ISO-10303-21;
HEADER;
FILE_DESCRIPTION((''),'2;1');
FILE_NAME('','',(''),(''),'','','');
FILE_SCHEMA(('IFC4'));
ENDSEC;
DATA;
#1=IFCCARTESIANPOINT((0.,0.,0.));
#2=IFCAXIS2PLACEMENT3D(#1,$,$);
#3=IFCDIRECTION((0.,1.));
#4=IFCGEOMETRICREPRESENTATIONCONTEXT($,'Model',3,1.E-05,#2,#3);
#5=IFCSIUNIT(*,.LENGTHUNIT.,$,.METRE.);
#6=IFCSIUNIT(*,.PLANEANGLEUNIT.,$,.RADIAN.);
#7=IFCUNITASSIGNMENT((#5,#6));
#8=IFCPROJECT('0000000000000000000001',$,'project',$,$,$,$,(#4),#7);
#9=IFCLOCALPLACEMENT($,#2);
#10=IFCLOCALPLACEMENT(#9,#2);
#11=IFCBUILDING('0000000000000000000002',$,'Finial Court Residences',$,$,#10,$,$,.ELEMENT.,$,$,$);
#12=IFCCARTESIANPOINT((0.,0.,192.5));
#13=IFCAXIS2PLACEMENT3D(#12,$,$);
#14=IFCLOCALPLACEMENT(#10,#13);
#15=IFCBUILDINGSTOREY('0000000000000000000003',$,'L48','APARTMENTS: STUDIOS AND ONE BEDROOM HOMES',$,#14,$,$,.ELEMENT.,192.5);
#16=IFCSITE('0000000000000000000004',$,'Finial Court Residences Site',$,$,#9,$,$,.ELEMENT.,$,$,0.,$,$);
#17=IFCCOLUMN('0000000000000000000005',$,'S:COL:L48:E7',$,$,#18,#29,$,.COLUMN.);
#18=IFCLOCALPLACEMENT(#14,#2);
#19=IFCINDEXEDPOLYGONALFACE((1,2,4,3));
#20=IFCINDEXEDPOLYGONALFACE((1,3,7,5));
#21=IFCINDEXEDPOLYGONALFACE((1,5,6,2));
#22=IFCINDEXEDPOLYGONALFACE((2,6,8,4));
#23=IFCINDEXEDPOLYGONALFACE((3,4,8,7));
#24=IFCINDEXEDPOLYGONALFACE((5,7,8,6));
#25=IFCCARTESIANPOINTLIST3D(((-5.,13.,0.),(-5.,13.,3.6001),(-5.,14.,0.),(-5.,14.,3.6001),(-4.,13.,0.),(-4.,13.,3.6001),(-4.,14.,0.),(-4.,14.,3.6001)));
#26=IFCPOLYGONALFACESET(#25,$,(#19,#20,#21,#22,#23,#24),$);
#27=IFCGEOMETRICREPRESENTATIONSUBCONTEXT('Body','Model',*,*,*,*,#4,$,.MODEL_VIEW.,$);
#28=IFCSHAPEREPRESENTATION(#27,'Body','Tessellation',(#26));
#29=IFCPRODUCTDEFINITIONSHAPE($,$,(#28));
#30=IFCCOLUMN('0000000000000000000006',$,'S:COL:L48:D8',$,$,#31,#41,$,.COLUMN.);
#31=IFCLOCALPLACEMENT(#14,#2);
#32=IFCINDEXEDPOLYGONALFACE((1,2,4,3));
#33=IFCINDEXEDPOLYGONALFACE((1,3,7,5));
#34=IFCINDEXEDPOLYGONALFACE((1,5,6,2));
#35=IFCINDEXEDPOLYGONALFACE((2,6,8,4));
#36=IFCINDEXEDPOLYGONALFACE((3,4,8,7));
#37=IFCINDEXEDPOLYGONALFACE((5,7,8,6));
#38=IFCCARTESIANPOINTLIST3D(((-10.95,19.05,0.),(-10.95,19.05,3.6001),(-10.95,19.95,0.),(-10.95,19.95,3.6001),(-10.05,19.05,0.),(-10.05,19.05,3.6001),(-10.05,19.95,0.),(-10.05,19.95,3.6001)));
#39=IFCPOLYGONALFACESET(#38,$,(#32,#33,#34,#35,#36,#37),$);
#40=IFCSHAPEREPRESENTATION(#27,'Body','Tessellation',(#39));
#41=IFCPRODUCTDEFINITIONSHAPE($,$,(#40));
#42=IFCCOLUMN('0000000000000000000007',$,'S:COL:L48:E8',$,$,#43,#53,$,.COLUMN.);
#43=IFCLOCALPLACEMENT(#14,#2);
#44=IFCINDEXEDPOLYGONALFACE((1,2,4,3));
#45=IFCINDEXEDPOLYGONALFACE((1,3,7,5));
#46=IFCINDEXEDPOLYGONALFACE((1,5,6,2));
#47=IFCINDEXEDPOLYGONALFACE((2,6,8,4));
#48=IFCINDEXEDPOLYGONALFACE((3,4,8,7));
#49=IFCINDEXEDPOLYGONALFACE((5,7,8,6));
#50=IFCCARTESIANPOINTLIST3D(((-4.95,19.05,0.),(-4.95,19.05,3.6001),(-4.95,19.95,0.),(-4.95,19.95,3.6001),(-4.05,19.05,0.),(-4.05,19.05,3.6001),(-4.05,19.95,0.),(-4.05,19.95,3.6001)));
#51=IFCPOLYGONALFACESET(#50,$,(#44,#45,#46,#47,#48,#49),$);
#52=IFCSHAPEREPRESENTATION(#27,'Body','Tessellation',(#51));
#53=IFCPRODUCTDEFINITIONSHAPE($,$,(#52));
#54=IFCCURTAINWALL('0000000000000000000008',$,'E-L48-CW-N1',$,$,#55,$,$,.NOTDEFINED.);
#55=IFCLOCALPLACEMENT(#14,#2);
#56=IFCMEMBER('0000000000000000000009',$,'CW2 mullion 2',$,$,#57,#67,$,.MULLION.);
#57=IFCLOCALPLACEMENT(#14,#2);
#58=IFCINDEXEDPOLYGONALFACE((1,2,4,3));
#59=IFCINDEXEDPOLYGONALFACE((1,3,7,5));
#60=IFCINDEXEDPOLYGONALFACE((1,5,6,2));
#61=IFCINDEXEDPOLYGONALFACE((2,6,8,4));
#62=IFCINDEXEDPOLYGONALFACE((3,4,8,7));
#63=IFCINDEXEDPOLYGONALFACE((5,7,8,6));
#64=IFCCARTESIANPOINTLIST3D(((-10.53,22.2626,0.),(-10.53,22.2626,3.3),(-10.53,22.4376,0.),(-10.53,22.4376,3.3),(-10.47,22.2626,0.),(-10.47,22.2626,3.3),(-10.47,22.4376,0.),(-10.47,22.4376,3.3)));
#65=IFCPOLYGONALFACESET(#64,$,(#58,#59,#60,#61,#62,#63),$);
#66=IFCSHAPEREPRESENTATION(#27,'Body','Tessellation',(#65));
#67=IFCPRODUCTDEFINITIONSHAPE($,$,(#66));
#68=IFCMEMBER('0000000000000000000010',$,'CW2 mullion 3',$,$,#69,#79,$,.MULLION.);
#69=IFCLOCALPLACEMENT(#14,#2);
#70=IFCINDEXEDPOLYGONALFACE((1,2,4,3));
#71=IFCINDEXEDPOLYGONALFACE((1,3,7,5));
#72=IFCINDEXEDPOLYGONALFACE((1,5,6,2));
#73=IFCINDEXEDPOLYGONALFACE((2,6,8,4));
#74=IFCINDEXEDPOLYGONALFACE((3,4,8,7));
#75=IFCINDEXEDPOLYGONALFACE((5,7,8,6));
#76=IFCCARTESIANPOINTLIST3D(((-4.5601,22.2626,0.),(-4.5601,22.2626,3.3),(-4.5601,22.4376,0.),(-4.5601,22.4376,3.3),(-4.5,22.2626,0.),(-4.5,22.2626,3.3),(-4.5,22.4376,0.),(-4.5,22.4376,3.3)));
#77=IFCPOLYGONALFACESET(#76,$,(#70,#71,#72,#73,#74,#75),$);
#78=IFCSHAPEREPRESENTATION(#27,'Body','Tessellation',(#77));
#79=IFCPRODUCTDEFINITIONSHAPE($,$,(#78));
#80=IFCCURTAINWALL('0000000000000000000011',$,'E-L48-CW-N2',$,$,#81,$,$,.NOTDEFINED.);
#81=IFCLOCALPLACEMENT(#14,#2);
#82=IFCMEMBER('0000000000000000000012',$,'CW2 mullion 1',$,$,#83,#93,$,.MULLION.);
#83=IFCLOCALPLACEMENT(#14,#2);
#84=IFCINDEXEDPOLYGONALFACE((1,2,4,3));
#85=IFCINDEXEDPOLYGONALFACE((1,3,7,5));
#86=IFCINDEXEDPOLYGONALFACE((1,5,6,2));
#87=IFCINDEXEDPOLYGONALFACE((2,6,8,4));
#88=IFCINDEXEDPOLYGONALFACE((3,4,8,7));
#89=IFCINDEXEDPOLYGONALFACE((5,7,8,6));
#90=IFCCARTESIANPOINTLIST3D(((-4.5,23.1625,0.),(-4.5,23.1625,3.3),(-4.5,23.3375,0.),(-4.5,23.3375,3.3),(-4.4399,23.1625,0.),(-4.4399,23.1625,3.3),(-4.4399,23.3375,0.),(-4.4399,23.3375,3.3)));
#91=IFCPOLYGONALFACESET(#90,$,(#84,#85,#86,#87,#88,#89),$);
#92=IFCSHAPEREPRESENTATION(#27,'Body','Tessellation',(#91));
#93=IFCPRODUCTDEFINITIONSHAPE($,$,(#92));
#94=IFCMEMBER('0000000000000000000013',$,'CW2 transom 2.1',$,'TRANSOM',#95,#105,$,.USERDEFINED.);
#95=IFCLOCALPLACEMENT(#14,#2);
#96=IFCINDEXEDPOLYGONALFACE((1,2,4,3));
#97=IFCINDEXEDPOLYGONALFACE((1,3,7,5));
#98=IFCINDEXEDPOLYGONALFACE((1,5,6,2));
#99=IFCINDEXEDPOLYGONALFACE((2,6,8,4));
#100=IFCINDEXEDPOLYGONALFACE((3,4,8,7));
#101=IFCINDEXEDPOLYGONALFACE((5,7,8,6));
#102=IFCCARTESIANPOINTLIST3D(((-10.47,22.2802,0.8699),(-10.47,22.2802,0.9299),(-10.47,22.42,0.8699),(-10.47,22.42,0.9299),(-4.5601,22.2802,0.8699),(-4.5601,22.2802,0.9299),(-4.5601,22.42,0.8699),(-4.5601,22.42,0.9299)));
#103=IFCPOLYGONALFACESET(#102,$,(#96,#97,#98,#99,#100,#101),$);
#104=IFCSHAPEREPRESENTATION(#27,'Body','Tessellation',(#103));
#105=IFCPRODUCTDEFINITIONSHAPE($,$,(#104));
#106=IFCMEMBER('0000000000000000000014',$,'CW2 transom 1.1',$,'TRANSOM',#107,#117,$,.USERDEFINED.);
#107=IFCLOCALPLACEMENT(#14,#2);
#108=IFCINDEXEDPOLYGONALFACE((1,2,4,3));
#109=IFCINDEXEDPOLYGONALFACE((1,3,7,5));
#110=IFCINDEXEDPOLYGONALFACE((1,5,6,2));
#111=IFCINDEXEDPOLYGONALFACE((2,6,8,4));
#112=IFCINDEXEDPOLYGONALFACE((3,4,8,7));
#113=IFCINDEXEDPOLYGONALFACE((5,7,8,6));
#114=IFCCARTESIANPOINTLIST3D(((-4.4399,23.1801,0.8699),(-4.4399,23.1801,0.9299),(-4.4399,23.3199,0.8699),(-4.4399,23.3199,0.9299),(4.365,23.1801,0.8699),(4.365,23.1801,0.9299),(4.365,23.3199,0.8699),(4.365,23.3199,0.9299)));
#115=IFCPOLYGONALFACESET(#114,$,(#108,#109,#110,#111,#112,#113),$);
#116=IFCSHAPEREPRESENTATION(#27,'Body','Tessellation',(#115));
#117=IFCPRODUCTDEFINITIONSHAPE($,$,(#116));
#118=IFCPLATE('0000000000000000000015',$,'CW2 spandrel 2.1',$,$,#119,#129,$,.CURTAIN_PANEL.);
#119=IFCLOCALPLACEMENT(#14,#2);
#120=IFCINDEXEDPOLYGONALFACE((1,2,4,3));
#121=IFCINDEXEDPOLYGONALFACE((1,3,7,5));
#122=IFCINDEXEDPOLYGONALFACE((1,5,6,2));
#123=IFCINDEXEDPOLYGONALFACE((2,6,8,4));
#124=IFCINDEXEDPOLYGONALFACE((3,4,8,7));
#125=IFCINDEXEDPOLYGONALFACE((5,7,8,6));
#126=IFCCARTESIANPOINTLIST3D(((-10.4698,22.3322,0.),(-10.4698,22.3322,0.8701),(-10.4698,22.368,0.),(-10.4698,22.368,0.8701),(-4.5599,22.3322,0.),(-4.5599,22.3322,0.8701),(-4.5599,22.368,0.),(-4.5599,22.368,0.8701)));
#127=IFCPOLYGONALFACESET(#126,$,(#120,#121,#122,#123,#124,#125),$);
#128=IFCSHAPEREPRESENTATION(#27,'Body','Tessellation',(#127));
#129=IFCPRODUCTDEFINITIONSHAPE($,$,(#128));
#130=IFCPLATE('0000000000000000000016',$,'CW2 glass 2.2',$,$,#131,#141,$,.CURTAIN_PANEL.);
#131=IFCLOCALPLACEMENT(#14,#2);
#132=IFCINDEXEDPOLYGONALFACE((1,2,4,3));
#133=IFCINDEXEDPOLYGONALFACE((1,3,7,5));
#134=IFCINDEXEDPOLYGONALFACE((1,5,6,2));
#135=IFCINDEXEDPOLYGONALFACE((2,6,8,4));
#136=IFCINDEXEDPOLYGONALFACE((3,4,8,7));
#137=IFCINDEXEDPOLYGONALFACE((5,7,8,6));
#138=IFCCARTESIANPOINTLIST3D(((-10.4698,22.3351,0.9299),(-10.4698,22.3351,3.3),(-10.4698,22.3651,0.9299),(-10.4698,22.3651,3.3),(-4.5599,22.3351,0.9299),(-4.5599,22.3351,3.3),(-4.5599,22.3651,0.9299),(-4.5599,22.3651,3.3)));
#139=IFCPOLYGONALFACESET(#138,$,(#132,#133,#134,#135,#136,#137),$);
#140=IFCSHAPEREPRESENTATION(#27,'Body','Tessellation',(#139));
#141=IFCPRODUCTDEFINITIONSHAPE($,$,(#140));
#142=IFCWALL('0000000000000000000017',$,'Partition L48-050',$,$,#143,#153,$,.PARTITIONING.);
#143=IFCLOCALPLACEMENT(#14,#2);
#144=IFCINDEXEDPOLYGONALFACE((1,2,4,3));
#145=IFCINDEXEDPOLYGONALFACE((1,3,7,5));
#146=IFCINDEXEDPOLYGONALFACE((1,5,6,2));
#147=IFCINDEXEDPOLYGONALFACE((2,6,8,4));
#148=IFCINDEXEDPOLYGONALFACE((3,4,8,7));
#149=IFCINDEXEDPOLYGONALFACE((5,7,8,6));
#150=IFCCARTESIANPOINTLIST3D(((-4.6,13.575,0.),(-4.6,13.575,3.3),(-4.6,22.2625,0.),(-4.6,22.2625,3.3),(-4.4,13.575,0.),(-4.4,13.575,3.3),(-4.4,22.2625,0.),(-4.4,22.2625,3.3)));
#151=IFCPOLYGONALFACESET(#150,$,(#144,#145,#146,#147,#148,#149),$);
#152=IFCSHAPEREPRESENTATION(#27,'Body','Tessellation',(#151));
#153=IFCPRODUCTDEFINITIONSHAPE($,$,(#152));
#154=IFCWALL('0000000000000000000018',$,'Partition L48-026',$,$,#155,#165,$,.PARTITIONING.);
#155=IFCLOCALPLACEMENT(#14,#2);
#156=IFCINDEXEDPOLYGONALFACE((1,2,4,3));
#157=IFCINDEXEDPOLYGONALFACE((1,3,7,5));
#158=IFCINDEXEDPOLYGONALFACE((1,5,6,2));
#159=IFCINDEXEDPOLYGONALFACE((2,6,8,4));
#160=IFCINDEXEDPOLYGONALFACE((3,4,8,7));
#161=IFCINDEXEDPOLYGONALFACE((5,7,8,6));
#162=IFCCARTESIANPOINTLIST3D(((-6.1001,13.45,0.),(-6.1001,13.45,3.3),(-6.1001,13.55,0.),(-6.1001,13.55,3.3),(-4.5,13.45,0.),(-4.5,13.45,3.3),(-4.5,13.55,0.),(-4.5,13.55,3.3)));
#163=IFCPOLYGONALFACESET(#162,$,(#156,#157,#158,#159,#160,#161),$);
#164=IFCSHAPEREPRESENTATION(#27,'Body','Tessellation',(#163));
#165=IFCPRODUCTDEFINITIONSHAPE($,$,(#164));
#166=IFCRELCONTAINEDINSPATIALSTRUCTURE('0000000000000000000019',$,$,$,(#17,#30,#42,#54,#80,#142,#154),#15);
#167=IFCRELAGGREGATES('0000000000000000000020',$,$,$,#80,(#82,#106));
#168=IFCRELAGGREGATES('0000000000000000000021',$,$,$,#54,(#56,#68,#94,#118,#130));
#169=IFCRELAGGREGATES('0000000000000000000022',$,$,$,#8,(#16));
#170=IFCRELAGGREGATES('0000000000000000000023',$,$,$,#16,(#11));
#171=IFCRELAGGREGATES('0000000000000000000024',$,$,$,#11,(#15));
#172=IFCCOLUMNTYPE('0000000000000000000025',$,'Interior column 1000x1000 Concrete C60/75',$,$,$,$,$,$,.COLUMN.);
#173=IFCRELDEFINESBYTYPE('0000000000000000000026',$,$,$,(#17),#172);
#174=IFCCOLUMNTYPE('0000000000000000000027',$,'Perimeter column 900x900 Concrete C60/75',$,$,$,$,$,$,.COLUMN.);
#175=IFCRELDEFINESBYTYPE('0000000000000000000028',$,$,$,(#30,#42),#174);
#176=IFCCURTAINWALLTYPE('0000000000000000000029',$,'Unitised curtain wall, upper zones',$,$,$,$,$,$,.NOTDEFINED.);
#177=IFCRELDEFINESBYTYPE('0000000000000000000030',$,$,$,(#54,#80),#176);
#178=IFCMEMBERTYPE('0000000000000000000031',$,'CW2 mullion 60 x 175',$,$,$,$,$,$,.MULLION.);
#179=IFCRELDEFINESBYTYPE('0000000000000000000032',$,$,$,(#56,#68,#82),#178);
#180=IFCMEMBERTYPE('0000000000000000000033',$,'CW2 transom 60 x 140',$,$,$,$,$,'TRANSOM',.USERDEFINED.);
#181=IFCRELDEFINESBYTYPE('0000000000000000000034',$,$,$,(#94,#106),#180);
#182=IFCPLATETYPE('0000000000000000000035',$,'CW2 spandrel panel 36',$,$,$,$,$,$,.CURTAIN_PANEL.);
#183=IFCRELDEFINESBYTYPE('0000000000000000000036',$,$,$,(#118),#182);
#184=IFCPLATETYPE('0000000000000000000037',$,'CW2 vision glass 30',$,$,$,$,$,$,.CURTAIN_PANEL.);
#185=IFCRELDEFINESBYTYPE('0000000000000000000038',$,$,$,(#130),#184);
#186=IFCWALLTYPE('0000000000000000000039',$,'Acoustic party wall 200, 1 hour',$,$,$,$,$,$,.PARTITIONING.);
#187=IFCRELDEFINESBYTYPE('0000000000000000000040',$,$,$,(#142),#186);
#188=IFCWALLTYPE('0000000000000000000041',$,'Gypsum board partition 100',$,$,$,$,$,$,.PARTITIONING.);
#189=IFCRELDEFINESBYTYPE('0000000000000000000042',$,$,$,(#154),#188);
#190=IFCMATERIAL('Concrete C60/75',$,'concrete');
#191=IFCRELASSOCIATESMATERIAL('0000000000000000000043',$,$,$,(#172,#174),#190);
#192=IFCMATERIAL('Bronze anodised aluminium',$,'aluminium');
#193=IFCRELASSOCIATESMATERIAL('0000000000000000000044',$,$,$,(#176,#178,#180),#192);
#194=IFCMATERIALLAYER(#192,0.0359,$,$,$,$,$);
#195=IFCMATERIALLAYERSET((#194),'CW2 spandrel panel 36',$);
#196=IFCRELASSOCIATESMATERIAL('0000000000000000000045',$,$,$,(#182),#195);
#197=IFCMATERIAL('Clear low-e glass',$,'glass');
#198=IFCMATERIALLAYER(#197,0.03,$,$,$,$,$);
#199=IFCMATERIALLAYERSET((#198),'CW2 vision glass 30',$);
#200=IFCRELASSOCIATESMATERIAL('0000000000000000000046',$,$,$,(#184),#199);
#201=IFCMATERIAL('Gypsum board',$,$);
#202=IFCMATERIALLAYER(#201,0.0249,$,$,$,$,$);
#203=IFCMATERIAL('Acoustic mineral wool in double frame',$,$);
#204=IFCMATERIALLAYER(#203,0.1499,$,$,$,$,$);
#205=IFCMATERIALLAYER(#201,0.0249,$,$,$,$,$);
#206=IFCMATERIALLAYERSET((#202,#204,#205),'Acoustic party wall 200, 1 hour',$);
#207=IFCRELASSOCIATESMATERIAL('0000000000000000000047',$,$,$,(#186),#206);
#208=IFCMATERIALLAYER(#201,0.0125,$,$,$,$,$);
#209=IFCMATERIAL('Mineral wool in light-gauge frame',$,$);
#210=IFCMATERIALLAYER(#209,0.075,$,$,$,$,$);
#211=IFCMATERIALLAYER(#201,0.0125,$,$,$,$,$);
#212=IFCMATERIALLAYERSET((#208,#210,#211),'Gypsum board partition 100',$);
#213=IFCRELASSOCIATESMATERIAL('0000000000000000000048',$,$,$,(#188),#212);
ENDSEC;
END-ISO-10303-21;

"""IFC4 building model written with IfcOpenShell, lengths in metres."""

from ifc_helpers import new_model, si_unit, direction, frame, frame_2d, origin, origin_2d, place, context, subcontext, project, spatial, rectangle, extrude, material, layer, layer_set, material_profile, profile_set, type_object, element, aggregate, save


model = new_model("IFC4")

# Units and contexts
model_context = context("Model", 3, precision=1e-05, world=origin(), true_north=direction((0.0, 1.0)))
body_context = subcontext(model_context, "Body", "Model", "MODEL_VIEW")
ifc_project = project(units=[si_unit("LENGTHUNIT", "METRE"), si_unit("PLANEANGLEUNIT", "RADIAN")], contexts=[model_context])

# Site, building, storey
site_placement = place(None, origin())
site = spatial("IfcSite", under=ifc_project, at=site_placement, Name="Finial Court Residences Site", CompositionType="ELEMENT", RefElevation=0.0)
building_placement = place(site_placement, origin())
building = spatial("IfcBuilding", under=site, at=building_placement, Name="Finial Court Residences", CompositionType="ELEMENT")
storey_placement = place(building_placement, frame((0.0, 0.0, 192.5)))
storey = spatial("IfcBuildingStorey", under=building, at=storey_placement, Name="L48", Description="APARTMENTS: STUDIOS AND ONE BEDROOM HOMES", CompositionType="ELEMENT", Elevation=192.5)

# Columns
ifc_material_1 = material(Name="Concrete C60/75", Category="concrete")
ifc_material_profile_1 = material_profile(ifc_material_1, rectangle(XDim=1.0, YDim=1.0, at=origin_2d()), Name="1000x1000")
ifc_profile_set_1 = profile_set([ifc_material_profile_1], Name="Concrete C60/75")
column_type_1 = type_object("IfcColumnType", Name="Interior column 1000x1000 Concrete C60/75", PredefinedType="COLUMN", material=ifc_profile_set_1)
column_placement = place(storey_placement, frame((-4.5, 13.5, 0.0), z_axis=(0.0, 0.0, 1.0), x_axis=(1.0, 0.0, 0.0)))
element("IfcColumn", 1, at=column_placement, inside=storey, type_object=column_type_1, Name="S:COL:L48:E7", PredefinedType="COLUMN", context=body_context, shape_type="SweptSolid", body=[
    extrude(rectangle(XDim=1.0, YDim=1.0, at=origin_2d()), origin(), (0.0, 0.0, 1.0), 3.6001),
])
ifc_material_profile_2 = material_profile(ifc_material_1, rectangle(XDim=0.8999, YDim=0.8999, at=origin_2d()), Name="900x900")
ifc_profile_set_2 = profile_set([ifc_material_profile_2], Name="Concrete C60/75")
column_type_2 = type_object("IfcColumnType", Name="Perimeter column 900x900 Concrete C60/75", PredefinedType="COLUMN", material=ifc_profile_set_2)
for number, where, z_axis, x_axis, name in (
    (2, (-10.5, 19.5, 0.0), (0.0, 0.0, 1.0), (1.0, 0.0, 0.0), "S:COL:L48:D8"),
    (3, (-4.5, 19.5, 0.0), (0.0, 0.0, 1.0), (1.0, 0.0, 0.0), "S:COL:L48:E8"),
):
    element("IfcColumn", number, at=place(storey_placement, frame(where, z_axis=z_axis, x_axis=x_axis)), inside=storey, type_object=column_type_2, Name=name, PredefinedType="COLUMN", context=body_context, shape_type="SweptSolid", body=[
        extrude(rectangle(XDim=0.8999, YDim=0.8999, at=origin_2d()), origin(), (0.0, 0.0, 1.0), 3.6001),
    ])

# Curtain wall, members
ifc_material_2 = material(Name="Bronze anodised aluminium", Category="aluminium")
curtain_wall_type = type_object("IfcCurtainWallType", Name="Unitised curtain wall, upper zones", PredefinedType="NOTDEFINED", material=ifc_material_2)
curtain_wall_1_placement = place(storey_placement, origin())
curtain_wall_1 = element("IfcCurtainWall", 4, at=curtain_wall_1_placement, inside=storey, type_object=curtain_wall_type, Name="E-L48-CW-N1", PredefinedType="NOTDEFINED")
ifc_material_profile_3 = material_profile(ifc_material_2, rectangle(XDim=0.175, YDim=0.0601, at=origin_2d()), Name="CW2 mullion 60 x 175")
ifc_profile_set_3 = profile_set([ifc_material_profile_3], Name="Bronze anodised aluminium")
member_type_1 = type_object("IfcMemberType", Name="CW2 mullion 60 x 175", PredefinedType="MULLION", material=ifc_profile_set_3)
member_1_placement = place(storey_placement, frame((-10.5, 22.3501, 0.0), z_axis=(0.0, 0.0, 1.0), x_axis=(0.0, 1.0, 0.0)))
member_1 = element("IfcMember", 5, at=member_1_placement, type_object=member_type_1, Name="CW2 mullion 2", PredefinedType="MULLION", context=body_context, shape_type="SweptSolid", body=[
    extrude(rectangle(XDim=0.175, YDim=0.0601, at=origin_2d()), origin(), (0.0, 0.0, 1.0), 3.3),
])
member_2_placement = place(storey_placement, frame((-4.53, 22.3501, 0.0), z_axis=(0.0, 0.0, 1.0), x_axis=(0.0, 1.0, 0.0)))
member_2 = element("IfcMember", 6, at=member_2_placement, type_object=member_type_1, Name="CW2 mullion 3", PredefinedType="MULLION", context=body_context, shape_type="SweptSolid", body=[
    extrude(rectangle(XDim=0.175, YDim=0.0601, at=origin_2d()), origin(), (0.0, 0.0, 1.0), 3.3),
])

# Curtain wall, member
curtain_wall_2_placement = place(storey_placement, origin())
curtain_wall_2 = element("IfcCurtainWall", 7, at=curtain_wall_2_placement, inside=storey, type_object=curtain_wall_type, Name="E-L48-CW-N2", PredefinedType="NOTDEFINED")
member_3_placement = place(storey_placement, frame((-4.47, 23.25, 0.0), z_axis=(0.0, 0.0, 1.0), x_axis=(0.0, 1.0, 0.0)))
member_3 = element("IfcMember", 8, at=member_3_placement, type_object=member_type_1, Name="CW2 mullion 1", PredefinedType="MULLION", context=body_context, shape_type="SweptSolid", body=[
    extrude(rectangle(XDim=0.175, YDim=0.0601, at=origin_2d()), origin(), (0.0, 0.0, 1.0), 3.3),
])

# Members
ifc_material_profile_4 = material_profile(ifc_material_2, rectangle(XDim=0.1399, YDim=0.0601, at=origin_2d()), Name="CW2 transom 60 x 140")
ifc_profile_set_4 = profile_set([ifc_material_profile_4], Name="Bronze anodised aluminium")
member_type_2 = type_object("IfcMemberType", Name="CW2 transom 60 x 140", ElementType="TRANSOM", PredefinedType="USERDEFINED", material=ifc_profile_set_4)
member_4_placement = place(storey_placement, frame((-10.47, 22.3501, 0.8999), z_axis=(1.0, 0.0, 0.0), x_axis=(0.0, 1.0, 0.0)))
member_4 = element("IfcMember", 9, at=member_4_placement, type_object=member_type_2, Name="CW2 transom 2.1", ObjectType="TRANSOM", PredefinedType="USERDEFINED", context=body_context, shape_type="SweptSolid", body=[
    extrude(rectangle(XDim=0.1399, YDim=0.0601, at=origin_2d()), origin(), (0.0, 0.0, 1.0), 5.9099),
])
member_5_placement = place(storey_placement, frame((-4.4399, 23.25, 0.8999), z_axis=(1.0, 0.0, 0.0), x_axis=(0.0, 1.0, 0.0)))
member_5 = element("IfcMember", 10, at=member_5_placement, type_object=member_type_2, Name="CW2 transom 1.1", ObjectType="TRANSOM", PredefinedType="USERDEFINED", context=body_context, shape_type="SweptSolid", body=[
    extrude(rectangle(XDim=0.1399, YDim=0.0601, at=origin_2d()), origin(), (0.0, 0.0, 1.0), 8.8049),
])
aggregate(curtain_wall_2, [member_3, member_5])

# Plates
ifc_layer_1 = layer(ifc_material_2, 0.0359)
ifc_layer_set_1 = layer_set([ifc_layer_1], Name="CW2 spandrel panel 36")
plate_type_1 = type_object("IfcPlateType", Name="CW2 spandrel panel 36", PredefinedType="CURTAIN_PANEL", material=ifc_layer_set_1)
plate_1_placement = place(storey_placement, frame((-7.5149, 22.3501, 0.0), z_axis=(0.0, 0.0, 1.0), x_axis=(1.0, 0.0, 0.0)))
plate_1 = element("IfcPlate", 11, at=plate_1_placement, type_object=plate_type_1, Name="CW2 spandrel 2.1", PredefinedType="CURTAIN_PANEL", context=body_context, shape_type="SweptSolid", body=[
    extrude(rectangle(XDim=5.9099, YDim=0.0359, at=origin_2d()), origin(), (0.0, 0.0, 1.0), 0.8701),
])
ifc_material_3 = material(Name="Clear low-e glass", Category="glass")
ifc_layer_2 = layer(ifc_material_3, 0.03)
ifc_layer_set_2 = layer_set([ifc_layer_2], Name="CW2 vision glass 30")
plate_type_2 = type_object("IfcPlateType", Name="CW2 vision glass 30", PredefinedType="CURTAIN_PANEL", material=ifc_layer_set_2)
plate_2_placement = place(storey_placement, frame((-7.5149, 22.3501, 0.9299), z_axis=(0.0, 0.0, 1.0), x_axis=(1.0, 0.0, 0.0)))
plate_2 = element("IfcPlate", 12, at=plate_2_placement, type_object=plate_type_2, Name="CW2 glass 2.2", PredefinedType="CURTAIN_PANEL", context=body_context, shape_type="SweptSolid", body=[
    extrude(rectangle(XDim=5.9099, YDim=0.03, at=origin_2d()), origin(), (0.0, 0.0, 1.0), 2.3701),
])
aggregate(curtain_wall_1, [member_1, member_2, member_4, plate_1, plate_2])

# Walls
ifc_material_4 = material(Name="Gypsum board")
ifc_layer_3 = layer(ifc_material_4, 0.0249)
ifc_material_5 = material(Name="Acoustic mineral wool in double frame")
ifc_layer_4 = layer(ifc_material_5, 0.1499)
ifc_layer_5 = layer(ifc_material_4, 0.0249)
ifc_layer_set_3 = layer_set([ifc_layer_3, ifc_layer_4, ifc_layer_5], Name="Acoustic party wall 200, 1 hour")
wall_type_1 = type_object("IfcWallType", Name="Acoustic party wall 200, 1 hour", PredefinedType="PARTITIONING", material=ifc_layer_set_3)
wall_1_placement = place(storey_placement, frame((-4.5, 13.575, 0.0), z_axis=(0.0, 0.0, 1.0), x_axis=(0.0, 1.0, 0.0)))
element("IfcWall", 13, at=wall_1_placement, inside=storey, type_object=wall_type_1, Name="Partition L48-050", PredefinedType="PARTITIONING", context=body_context, shape_type="SweptSolid", body=[
    extrude(rectangle(XDim=8.6875, YDim=0.2, at=frame_2d((4.3438, 0.0))), origin(), (0.0, 0.0, 1.0), 3.3),
])
ifc_layer_6 = layer(ifc_material_4, 0.0125)
ifc_material_6 = material(Name="Mineral wool in light-gauge frame")
ifc_layer_7 = layer(ifc_material_6, 0.075)
ifc_layer_8 = layer(ifc_material_4, 0.0125)
ifc_layer_set_4 = layer_set([ifc_layer_6, ifc_layer_7, ifc_layer_8], Name="Gypsum board partition 100")
wall_type_2 = type_object("IfcWallType", Name="Gypsum board partition 100", PredefinedType="PARTITIONING", material=ifc_layer_set_4)
wall_2_placement = place(storey_placement, frame((-6.1001, 13.5, 0.0), z_axis=(0.0, 0.0, 1.0), x_axis=(1.0, 0.0, 0.0)))
element("IfcWall", 14, at=wall_2_placement, inside=storey, type_object=wall_type_2, Name="Partition L48-026", PredefinedType="PARTITIONING", context=body_context, shape_type="SweptSolid", body=[
    extrude(rectangle(XDim=1.6001, YDim=0.1001, at=frame_2d((0.8, 0.0))), origin(), (0.0, 0.0, 1.0), 3.3),
])

save(model, "model.ifc")
